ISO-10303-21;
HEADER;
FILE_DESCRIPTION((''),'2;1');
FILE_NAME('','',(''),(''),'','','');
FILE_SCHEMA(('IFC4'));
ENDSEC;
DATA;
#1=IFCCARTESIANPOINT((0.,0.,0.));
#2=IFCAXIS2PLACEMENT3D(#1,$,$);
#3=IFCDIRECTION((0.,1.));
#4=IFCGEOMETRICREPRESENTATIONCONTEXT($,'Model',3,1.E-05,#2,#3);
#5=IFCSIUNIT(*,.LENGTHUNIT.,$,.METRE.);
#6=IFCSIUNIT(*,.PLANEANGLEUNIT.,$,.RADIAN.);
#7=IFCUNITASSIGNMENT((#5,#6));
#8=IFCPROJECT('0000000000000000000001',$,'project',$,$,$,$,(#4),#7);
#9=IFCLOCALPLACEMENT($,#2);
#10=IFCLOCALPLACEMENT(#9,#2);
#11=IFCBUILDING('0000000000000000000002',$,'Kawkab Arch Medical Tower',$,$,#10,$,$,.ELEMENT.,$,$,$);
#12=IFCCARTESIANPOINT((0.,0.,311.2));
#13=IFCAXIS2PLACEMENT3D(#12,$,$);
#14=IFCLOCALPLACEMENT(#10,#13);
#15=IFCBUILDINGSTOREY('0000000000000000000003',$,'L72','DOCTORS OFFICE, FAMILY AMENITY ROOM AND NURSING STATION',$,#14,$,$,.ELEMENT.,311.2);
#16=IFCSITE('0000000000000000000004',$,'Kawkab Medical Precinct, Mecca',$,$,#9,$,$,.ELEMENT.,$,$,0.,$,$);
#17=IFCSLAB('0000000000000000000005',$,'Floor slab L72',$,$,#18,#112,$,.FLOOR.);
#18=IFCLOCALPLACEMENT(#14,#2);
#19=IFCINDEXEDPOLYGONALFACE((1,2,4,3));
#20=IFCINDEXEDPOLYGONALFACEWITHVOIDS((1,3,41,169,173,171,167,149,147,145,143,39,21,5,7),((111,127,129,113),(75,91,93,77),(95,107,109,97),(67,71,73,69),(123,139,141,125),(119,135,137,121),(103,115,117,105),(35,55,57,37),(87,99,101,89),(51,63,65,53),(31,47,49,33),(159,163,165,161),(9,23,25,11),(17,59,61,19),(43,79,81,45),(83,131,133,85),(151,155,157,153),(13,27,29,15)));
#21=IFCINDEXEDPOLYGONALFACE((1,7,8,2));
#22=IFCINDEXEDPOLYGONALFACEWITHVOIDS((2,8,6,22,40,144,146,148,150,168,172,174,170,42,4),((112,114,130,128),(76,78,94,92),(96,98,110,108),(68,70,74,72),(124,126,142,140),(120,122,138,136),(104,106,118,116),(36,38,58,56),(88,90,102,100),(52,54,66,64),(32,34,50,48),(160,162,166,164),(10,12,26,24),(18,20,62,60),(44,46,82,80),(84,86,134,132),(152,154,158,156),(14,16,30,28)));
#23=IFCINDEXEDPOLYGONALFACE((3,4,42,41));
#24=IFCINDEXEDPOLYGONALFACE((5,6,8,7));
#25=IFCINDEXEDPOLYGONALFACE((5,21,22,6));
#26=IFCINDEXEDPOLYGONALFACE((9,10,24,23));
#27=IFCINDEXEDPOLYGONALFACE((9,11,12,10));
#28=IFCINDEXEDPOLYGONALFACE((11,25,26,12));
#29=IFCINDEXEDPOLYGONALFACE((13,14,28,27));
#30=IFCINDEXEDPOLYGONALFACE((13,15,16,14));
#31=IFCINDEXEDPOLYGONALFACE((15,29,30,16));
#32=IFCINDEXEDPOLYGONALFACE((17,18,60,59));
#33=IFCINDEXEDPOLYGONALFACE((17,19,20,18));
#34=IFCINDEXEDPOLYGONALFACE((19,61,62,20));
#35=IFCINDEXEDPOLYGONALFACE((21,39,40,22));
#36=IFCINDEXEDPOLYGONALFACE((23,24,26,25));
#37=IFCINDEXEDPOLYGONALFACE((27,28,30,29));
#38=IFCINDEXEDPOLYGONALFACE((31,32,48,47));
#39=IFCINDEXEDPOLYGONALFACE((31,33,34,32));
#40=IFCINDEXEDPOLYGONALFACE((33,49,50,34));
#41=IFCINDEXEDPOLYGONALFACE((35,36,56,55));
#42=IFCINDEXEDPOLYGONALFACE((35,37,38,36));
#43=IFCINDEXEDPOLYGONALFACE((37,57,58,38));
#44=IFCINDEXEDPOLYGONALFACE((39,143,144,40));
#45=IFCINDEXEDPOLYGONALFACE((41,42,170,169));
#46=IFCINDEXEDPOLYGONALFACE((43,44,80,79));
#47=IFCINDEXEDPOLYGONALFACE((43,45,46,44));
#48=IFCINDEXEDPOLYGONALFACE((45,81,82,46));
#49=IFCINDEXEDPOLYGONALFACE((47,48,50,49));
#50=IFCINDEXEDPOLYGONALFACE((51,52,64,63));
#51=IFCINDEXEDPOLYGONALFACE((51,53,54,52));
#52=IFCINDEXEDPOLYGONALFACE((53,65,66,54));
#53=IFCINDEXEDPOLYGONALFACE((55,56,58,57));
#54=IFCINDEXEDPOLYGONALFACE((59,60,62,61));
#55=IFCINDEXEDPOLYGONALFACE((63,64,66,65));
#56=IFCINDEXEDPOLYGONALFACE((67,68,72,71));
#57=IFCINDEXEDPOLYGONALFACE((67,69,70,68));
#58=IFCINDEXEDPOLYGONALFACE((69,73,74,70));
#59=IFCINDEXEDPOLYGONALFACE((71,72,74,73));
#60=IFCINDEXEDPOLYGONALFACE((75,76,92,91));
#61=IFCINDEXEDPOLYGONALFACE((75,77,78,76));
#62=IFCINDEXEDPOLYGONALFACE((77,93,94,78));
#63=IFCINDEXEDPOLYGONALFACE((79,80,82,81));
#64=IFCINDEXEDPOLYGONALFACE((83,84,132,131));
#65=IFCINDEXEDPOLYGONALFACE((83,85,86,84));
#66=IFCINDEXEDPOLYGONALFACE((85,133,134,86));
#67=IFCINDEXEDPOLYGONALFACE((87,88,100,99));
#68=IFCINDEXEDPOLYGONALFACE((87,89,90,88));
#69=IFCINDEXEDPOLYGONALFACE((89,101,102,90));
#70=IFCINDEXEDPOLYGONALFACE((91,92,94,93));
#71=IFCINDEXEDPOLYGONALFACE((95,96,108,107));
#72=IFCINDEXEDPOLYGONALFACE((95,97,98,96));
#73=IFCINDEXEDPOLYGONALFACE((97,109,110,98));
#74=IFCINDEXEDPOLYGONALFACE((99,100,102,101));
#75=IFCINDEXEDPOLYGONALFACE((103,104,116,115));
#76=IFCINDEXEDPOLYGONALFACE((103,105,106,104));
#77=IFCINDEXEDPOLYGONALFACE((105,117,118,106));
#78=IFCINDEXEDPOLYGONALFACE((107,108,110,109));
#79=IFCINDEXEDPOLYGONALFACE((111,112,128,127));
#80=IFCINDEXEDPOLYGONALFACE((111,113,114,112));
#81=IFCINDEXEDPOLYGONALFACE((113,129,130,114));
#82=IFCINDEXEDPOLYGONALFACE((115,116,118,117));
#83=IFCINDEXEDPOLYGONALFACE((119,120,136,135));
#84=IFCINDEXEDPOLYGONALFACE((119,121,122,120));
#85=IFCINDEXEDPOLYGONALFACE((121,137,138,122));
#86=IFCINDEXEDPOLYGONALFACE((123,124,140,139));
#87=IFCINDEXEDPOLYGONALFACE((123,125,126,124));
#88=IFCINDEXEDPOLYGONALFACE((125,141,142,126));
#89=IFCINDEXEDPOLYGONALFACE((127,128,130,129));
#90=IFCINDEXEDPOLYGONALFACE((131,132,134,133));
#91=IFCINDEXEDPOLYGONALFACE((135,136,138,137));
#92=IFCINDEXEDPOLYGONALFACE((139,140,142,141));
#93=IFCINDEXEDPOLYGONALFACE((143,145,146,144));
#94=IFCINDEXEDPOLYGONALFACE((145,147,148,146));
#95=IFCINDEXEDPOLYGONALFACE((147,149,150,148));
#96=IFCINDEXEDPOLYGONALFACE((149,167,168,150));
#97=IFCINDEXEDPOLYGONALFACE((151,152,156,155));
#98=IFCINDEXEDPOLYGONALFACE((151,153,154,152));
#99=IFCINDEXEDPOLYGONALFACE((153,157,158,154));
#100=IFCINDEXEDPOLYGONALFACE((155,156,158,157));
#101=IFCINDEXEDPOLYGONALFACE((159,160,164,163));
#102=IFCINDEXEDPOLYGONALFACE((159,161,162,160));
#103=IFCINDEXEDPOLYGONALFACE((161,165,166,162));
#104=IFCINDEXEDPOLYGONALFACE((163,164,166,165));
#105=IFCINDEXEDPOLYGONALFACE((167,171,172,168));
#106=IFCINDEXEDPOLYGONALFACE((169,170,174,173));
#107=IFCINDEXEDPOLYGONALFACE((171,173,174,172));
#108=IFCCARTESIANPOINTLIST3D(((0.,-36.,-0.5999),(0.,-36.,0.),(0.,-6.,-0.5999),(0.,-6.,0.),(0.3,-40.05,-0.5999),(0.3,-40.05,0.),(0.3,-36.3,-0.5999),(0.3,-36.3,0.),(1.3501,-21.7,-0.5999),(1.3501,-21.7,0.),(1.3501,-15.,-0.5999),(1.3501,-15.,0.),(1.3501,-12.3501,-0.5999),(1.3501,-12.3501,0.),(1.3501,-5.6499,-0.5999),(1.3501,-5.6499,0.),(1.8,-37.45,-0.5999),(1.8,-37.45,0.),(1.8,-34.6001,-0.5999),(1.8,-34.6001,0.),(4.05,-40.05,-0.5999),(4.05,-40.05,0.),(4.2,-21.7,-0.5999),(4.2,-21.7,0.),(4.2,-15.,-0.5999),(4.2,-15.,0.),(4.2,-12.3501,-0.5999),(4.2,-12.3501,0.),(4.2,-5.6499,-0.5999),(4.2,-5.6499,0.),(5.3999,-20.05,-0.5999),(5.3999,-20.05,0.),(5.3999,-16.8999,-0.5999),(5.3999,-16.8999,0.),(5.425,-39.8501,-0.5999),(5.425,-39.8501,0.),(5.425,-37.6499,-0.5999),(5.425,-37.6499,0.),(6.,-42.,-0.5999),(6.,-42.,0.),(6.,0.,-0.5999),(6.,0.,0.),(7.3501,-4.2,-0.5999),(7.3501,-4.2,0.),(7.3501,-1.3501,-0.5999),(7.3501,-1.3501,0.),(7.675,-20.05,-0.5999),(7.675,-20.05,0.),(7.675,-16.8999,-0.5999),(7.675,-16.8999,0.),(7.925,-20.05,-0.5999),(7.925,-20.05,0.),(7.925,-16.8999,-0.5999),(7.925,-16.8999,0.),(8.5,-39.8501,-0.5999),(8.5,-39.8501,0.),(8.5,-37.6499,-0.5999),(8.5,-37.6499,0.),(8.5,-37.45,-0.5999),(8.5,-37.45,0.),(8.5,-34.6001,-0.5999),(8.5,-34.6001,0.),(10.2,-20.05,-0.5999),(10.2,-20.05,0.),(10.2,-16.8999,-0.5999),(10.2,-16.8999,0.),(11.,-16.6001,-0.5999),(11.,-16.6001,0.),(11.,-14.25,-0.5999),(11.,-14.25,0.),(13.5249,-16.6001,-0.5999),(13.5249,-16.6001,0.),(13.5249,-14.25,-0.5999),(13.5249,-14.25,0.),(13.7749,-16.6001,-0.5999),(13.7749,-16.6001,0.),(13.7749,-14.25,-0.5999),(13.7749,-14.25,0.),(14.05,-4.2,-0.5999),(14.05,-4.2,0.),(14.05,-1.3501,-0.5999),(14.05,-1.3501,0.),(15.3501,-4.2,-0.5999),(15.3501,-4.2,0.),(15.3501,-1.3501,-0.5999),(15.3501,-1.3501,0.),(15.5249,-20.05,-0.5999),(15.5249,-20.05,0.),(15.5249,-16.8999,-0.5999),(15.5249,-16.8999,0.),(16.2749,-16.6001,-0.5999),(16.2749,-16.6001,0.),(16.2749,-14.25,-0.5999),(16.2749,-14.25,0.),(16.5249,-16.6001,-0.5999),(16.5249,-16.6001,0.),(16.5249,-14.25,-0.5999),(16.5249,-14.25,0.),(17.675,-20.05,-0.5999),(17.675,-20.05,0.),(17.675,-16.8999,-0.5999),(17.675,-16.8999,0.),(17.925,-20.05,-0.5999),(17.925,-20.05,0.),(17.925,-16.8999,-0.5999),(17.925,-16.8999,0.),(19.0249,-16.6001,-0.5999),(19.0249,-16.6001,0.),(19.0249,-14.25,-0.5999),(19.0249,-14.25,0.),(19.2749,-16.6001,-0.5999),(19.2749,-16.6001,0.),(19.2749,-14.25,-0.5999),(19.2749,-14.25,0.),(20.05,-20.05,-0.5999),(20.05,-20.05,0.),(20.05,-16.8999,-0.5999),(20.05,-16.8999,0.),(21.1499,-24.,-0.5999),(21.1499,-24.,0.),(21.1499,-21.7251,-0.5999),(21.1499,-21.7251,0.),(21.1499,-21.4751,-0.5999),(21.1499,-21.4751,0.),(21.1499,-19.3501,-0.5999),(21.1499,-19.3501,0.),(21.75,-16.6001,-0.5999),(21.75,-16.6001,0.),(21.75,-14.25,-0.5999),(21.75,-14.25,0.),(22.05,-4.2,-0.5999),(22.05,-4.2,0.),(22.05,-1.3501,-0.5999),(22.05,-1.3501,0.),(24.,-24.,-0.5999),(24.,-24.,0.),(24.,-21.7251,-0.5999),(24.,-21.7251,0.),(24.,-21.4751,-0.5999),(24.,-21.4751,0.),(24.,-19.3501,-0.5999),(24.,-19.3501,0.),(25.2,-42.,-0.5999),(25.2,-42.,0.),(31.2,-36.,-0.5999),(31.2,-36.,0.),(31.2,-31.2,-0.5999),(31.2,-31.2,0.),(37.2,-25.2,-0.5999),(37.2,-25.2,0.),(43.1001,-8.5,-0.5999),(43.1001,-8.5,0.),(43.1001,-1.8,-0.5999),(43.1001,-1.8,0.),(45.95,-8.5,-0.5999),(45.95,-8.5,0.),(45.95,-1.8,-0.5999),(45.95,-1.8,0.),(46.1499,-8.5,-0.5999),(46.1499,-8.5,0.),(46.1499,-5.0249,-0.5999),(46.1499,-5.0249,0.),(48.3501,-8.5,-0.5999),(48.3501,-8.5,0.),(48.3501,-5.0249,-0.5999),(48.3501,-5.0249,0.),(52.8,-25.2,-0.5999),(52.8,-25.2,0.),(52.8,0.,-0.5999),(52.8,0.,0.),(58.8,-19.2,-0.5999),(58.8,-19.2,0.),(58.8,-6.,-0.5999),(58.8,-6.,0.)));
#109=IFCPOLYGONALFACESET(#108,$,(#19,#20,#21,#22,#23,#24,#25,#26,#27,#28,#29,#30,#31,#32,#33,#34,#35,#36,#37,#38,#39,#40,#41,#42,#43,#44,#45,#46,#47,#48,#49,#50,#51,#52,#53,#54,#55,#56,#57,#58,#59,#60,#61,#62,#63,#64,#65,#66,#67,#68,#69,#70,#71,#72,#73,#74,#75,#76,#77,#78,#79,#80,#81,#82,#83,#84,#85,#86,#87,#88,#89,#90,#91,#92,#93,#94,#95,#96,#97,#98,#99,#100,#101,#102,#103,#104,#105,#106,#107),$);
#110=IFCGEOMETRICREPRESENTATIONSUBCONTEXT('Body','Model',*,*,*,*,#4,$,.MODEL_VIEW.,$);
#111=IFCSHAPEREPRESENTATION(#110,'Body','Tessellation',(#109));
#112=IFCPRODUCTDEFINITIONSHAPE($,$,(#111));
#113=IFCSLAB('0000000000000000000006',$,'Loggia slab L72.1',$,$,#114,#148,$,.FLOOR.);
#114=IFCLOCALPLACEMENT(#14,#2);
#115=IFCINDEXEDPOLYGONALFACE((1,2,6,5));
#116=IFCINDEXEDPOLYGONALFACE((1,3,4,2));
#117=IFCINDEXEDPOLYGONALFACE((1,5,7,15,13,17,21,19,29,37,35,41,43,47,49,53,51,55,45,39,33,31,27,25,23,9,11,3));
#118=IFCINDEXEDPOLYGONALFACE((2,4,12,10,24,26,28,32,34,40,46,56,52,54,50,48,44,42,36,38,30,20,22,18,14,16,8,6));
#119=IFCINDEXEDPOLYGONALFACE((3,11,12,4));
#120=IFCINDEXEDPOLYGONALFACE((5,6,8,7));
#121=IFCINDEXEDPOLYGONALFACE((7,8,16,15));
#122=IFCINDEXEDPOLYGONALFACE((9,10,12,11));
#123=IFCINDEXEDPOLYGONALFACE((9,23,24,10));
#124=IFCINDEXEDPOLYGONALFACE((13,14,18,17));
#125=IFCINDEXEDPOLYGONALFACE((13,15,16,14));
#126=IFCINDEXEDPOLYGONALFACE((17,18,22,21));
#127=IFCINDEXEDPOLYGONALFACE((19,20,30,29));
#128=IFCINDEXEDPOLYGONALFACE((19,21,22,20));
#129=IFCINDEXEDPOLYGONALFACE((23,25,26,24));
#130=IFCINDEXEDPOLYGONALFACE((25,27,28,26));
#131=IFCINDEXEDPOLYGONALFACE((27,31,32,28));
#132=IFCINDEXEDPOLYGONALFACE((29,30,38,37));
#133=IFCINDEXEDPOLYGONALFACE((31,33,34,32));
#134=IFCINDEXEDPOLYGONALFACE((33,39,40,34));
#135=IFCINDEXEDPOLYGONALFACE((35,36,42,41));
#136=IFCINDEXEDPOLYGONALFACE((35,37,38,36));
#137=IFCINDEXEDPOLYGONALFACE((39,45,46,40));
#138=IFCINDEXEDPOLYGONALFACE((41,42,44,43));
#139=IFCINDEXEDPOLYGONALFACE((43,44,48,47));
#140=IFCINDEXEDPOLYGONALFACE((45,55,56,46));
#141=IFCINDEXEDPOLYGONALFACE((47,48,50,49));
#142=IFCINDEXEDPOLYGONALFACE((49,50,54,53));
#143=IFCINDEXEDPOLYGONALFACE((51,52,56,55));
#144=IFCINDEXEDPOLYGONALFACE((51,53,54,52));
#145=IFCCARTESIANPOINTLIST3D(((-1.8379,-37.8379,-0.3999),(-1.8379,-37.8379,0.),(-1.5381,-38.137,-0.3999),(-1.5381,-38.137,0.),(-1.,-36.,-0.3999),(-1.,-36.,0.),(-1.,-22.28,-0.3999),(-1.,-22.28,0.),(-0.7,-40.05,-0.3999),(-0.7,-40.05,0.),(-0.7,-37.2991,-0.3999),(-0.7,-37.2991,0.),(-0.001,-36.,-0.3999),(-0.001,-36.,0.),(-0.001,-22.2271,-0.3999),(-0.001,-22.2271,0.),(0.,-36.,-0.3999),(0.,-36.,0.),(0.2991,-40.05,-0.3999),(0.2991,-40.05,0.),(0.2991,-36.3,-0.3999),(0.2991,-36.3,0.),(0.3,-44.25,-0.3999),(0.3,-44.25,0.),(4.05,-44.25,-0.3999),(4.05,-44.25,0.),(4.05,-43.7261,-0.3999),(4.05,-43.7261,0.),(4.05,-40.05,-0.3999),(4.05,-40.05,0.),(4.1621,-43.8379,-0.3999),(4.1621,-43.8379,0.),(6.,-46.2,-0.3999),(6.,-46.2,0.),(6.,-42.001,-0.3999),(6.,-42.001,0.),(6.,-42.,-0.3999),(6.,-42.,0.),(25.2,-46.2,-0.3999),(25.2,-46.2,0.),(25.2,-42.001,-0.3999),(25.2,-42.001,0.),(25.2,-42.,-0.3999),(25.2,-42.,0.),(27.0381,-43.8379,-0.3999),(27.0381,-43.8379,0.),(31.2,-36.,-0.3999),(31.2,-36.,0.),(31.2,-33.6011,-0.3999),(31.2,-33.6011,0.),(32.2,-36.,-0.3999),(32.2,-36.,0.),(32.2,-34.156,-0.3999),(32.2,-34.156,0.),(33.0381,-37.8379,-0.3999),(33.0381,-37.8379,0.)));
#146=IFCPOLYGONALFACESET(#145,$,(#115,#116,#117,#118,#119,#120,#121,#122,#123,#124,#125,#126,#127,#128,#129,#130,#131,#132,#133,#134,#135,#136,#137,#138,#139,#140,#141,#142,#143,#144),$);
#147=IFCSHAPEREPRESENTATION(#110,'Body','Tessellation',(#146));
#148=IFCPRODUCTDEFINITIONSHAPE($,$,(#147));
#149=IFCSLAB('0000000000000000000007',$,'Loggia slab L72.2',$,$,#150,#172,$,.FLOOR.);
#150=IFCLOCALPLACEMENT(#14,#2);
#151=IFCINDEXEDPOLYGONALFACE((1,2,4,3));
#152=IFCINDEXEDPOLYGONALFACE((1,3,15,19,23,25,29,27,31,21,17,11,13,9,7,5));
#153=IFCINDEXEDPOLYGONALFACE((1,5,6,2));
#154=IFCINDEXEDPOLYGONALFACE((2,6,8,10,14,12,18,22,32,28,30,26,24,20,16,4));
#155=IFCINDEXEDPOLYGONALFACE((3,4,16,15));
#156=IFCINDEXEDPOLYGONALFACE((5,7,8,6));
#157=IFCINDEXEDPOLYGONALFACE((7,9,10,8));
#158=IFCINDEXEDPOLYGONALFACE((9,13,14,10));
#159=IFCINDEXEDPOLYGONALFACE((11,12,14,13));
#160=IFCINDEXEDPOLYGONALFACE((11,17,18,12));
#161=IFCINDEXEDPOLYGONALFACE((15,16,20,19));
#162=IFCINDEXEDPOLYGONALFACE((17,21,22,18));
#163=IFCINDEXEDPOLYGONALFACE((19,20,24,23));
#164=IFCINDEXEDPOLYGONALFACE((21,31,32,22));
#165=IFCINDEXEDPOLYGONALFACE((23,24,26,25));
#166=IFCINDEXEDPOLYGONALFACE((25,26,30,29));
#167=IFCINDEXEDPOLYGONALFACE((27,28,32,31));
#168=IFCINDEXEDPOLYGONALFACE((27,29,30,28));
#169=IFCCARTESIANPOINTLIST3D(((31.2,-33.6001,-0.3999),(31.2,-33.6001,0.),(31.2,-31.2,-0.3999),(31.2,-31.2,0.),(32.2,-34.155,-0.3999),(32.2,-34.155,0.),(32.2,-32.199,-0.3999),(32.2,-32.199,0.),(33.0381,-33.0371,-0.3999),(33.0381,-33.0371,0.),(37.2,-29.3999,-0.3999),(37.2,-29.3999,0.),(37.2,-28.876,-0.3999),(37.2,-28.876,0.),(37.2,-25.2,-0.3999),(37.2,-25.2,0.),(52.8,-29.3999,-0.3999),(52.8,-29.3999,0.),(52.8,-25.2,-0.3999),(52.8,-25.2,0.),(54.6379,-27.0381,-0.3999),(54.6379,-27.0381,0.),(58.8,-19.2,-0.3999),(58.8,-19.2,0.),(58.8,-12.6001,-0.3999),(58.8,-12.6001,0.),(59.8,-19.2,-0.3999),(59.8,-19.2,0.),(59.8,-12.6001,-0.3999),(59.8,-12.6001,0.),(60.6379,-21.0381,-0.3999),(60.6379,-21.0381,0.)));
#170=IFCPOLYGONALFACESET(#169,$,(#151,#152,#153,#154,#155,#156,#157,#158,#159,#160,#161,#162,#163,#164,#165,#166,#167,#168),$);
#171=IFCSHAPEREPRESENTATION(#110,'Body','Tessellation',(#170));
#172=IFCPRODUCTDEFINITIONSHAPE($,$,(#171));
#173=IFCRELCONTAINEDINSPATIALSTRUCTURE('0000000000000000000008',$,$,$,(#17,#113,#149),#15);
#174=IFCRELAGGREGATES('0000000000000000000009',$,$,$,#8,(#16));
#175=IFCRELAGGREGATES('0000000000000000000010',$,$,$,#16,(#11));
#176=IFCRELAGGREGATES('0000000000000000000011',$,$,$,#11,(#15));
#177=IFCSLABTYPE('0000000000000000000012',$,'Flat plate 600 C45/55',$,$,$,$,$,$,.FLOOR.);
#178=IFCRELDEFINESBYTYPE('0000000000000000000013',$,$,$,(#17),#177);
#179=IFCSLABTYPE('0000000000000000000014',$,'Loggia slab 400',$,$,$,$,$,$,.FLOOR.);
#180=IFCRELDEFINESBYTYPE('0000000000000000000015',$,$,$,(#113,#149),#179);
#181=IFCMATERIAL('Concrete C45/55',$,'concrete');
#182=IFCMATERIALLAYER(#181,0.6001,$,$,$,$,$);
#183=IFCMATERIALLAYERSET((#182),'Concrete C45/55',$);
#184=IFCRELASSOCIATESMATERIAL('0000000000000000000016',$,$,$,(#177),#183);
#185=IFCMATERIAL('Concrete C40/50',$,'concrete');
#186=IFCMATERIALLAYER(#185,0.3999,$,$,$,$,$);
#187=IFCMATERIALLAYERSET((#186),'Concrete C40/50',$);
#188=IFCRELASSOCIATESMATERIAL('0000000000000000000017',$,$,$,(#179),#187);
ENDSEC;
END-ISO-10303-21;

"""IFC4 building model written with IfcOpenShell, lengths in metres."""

from ifc_helpers import new_model, si_unit, direction, frame, origin, place, context, subcontext, project, spatial, polyline, outline, extrude, material, layer, layer_set, type_object, element, save


model = new_model("IFC4")

# Units and contexts
model_context = context("Model", 3, precision=1e-05, world=origin(), true_north=direction((0.0, 1.0)))
body_context = subcontext(model_context, "Body", "Model", "MODEL_VIEW")
ifc_project = project(units=[si_unit("LENGTHUNIT", "METRE"), si_unit("PLANEANGLEUNIT", "RADIAN")], contexts=[model_context])

# Site, building, storey
site_placement = place(None, origin())
site = spatial("IfcSite", under=ifc_project, at=site_placement, Name="Kawkab Medical Precinct, Mecca", CompositionType="ELEMENT", RefElevation=0.0)
building_placement = place(site_placement, origin())
building = spatial("IfcBuilding", under=site, at=building_placement, Name="Kawkab Arch Medical Tower", CompositionType="ELEMENT")
storey_placement = place(building_placement, frame((0.0, 0.0, 311.2)))
storey = spatial("IfcBuildingStorey", under=building, at=storey_placement, Name="L72", Description="DOCTORS OFFICE, FAMILY AMENITY ROOM AND NURSING STATION", CompositionType="ELEMENT", Elevation=311.2)

# Slabs
ifc_material_1 = material(Name="Concrete C45/55", Category="concrete")
ifc_layer_1 = layer(ifc_material_1, 0.6001)
ifc_layer_set_1 = layer_set([ifc_layer_1], Name="Concrete C45/55")
slab_type_1 = type_object("IfcSlabType", Name="Flat plate 600 C45/55", PredefinedType="FLOOR", material=ifc_layer_set_1)
slab_1_placement = place(storey_placement, frame((0.0, 0.0, -0.5999)))
element("IfcSlab", 1, at=slab_1_placement, inside=storey, type_object=slab_type_1, Name="Floor slab L72", PredefinedType="FLOOR", context=body_context, shape_type="SweptSolid", body=[
    extrude(outline(polyline([(52.8, 0.0), (58.8, -6.0), (58.8, -19.2), (52.8, -25.2), (37.2, -25.2), (31.2, -31.2), (31.2, -36.0), (25.2, -42.0), (6.0, -42.0), (4.05, -40.05), (0.3, -40.05), (0.3, -36.3), (0.0, -36.0), (0.0, -6.0), (6.0, 0.0), (52.8, 0.0)]), holes=[polyline([(5.425, -37.6499), (5.425, -39.8501), (8.5, -39.8501), (8.5, -37.6499), (5.425, -37.6499)]), polyline([(8.5, -37.45), (8.5, -34.6001), (1.8, -34.6001), (1.8, -37.45), (8.5, -37.45)]), polyline([(5.3999, -20.05), (7.675, -20.05), (7.675, -16.8999), (5.3999, -16.8999), (5.3999, -20.05)]), polyline([(10.2, -16.8999), (7.925, -16.8999), (7.925, -20.05), (10.2, -20.05), (10.2, -16.8999)]), polyline([(4.2, -15.0), (1.3501, -15.0), (1.3501, -21.7), (4.2, -21.7), (4.2, -15.0)]), polyline([(11.0, -16.6001), (13.5249, -16.6001), (13.5249, -14.25), (11.0, -14.25), (11.0, -16.6001)]), polyline([(13.7749, -14.25), (13.7749, -16.6001), (16.2749, -16.6001), (16.2749, -14.25), (13.7749, -14.25)]), polyline([(4.2, -12.3501), (4.2, -5.6499), (1.3501, -5.6499), (1.3501, -12.3501), (4.2, -12.3501)]), polyline([(7.3501, -4.2), (14.05, -4.2), (14.05, -1.3501), (7.3501, -1.3501), (7.3501, -4.2)]), polyline([(24.0, -21.7251), (21.1499, -21.7251), (21.1499, -24.0), (24.0, -24.0), (24.0, -21.7251)]), polyline([(24.0, -19.3501), (21.1499, -19.3501), (21.1499, -21.4751), (24.0, -21.4751), (24.0, -19.3501)]), polyline([(15.5249, -20.05), (17.675, -20.05), (17.675, -16.8999), (15.5249, -16.8999), (15.5249, -20.05)]), polyline([(17.925, -20.05), (20.05, -20.05), (20.05, -16.8999), (17.925, -16.8999), (17.925, -20.05)]), polyline([(16.5249, -14.25), (16.5249, -16.6001), (19.0249, -16.6001), (19.0249, -14.25), (16.5249, -14.25)]), polyline([(19.2749, -16.6001), (21.75, -16.6001), (21.75, -14.25), (19.2749, -14.25), (19.2749, -16.6001)]), polyline([(46.1499, -8.5), (48.3501, -8.5), (48.3501, -5.0249), (46.1499, -5.0249), (46.1499, -8.5)]), polyline([(43.1001, -1.8), (43.1001, -8.5), (45.95, -8.5), (45.95, -1.8), (43.1001, -1.8)]), polyline([(22.05, -1.3501), (15.3501, -1.3501), (15.3501, -4.2), (22.05, -4.2), (22.05, -1.3501)])]), origin(), (0.0, 0.0, 1.0), 0.5999),
])
ifc_material_2 = material(Name="Concrete C40/50", Category="concrete")
ifc_layer_2 = layer(ifc_material_2, 0.3999)
ifc_layer_set_2 = layer_set([ifc_layer_2], Name="Concrete C40/50")
slab_type_2 = type_object("IfcSlabType", Name="Loggia slab 400", PredefinedType="FLOOR", material=ifc_layer_set_2)
placement_1 = place(storey_placement, frame((0.0, 0.0, -0.3999)))
element("IfcSlab", 2, at=placement_1, inside=storey, type_object=slab_type_2, Name="Loggia slab L72.1", PredefinedType="FLOOR", context=body_context, shape_type="SweptSolid", body=[
    extrude(outline(polyline([(-1.0, -36.0), (-1.0, -22.28), (-0.001, -22.2271), (-0.001, -36.0), (0.0, -36.0), (0.2991, -36.3), (0.2991, -40.05), (4.05, -40.05), (6.0, -42.0), (6.0, -42.001), (25.2, -42.001), (25.2, -42.0), (31.2, -36.0), (31.2, -33.6011), (32.2, -34.156), (32.2, -36.0), (33.0381, -37.8379), (27.0381, -43.8379), (25.2, -46.2), (6.0, -46.2), (4.1621, -43.8379), (4.05, -43.7261), (4.05, -44.25), (0.3, -44.25), (-0.7, -40.05), (-0.7, -37.2991), (-1.5381, -38.137), (-1.8379, -37.8379), (-1.0, -36.0)])), origin(), (0.0, 0.0, 1.0), 0.3999),
])
element("IfcSlab", 3, at=placement_1, inside=storey, type_object=slab_type_2, Name="Loggia slab L72.2", PredefinedType="FLOOR", context=body_context, shape_type="SweptSolid", body=[
    extrude(outline(polyline([(31.2, -31.2), (37.2, -25.2), (52.8, -25.2), (58.8, -19.2), (58.8, -12.6001), (59.8, -12.6001), (59.8, -19.2), (60.6379, -21.0381), (54.6379, -27.0381), (52.8, -29.3999), (37.2, -29.3999), (37.2, -28.876), (33.0381, -33.0371), (32.2, -32.199), (32.2, -34.155), (31.2, -33.6001), (31.2, -31.2)])), origin(), (0.0, 0.0, 1.0), 0.3999),
])

save(model, "model.ifc")
